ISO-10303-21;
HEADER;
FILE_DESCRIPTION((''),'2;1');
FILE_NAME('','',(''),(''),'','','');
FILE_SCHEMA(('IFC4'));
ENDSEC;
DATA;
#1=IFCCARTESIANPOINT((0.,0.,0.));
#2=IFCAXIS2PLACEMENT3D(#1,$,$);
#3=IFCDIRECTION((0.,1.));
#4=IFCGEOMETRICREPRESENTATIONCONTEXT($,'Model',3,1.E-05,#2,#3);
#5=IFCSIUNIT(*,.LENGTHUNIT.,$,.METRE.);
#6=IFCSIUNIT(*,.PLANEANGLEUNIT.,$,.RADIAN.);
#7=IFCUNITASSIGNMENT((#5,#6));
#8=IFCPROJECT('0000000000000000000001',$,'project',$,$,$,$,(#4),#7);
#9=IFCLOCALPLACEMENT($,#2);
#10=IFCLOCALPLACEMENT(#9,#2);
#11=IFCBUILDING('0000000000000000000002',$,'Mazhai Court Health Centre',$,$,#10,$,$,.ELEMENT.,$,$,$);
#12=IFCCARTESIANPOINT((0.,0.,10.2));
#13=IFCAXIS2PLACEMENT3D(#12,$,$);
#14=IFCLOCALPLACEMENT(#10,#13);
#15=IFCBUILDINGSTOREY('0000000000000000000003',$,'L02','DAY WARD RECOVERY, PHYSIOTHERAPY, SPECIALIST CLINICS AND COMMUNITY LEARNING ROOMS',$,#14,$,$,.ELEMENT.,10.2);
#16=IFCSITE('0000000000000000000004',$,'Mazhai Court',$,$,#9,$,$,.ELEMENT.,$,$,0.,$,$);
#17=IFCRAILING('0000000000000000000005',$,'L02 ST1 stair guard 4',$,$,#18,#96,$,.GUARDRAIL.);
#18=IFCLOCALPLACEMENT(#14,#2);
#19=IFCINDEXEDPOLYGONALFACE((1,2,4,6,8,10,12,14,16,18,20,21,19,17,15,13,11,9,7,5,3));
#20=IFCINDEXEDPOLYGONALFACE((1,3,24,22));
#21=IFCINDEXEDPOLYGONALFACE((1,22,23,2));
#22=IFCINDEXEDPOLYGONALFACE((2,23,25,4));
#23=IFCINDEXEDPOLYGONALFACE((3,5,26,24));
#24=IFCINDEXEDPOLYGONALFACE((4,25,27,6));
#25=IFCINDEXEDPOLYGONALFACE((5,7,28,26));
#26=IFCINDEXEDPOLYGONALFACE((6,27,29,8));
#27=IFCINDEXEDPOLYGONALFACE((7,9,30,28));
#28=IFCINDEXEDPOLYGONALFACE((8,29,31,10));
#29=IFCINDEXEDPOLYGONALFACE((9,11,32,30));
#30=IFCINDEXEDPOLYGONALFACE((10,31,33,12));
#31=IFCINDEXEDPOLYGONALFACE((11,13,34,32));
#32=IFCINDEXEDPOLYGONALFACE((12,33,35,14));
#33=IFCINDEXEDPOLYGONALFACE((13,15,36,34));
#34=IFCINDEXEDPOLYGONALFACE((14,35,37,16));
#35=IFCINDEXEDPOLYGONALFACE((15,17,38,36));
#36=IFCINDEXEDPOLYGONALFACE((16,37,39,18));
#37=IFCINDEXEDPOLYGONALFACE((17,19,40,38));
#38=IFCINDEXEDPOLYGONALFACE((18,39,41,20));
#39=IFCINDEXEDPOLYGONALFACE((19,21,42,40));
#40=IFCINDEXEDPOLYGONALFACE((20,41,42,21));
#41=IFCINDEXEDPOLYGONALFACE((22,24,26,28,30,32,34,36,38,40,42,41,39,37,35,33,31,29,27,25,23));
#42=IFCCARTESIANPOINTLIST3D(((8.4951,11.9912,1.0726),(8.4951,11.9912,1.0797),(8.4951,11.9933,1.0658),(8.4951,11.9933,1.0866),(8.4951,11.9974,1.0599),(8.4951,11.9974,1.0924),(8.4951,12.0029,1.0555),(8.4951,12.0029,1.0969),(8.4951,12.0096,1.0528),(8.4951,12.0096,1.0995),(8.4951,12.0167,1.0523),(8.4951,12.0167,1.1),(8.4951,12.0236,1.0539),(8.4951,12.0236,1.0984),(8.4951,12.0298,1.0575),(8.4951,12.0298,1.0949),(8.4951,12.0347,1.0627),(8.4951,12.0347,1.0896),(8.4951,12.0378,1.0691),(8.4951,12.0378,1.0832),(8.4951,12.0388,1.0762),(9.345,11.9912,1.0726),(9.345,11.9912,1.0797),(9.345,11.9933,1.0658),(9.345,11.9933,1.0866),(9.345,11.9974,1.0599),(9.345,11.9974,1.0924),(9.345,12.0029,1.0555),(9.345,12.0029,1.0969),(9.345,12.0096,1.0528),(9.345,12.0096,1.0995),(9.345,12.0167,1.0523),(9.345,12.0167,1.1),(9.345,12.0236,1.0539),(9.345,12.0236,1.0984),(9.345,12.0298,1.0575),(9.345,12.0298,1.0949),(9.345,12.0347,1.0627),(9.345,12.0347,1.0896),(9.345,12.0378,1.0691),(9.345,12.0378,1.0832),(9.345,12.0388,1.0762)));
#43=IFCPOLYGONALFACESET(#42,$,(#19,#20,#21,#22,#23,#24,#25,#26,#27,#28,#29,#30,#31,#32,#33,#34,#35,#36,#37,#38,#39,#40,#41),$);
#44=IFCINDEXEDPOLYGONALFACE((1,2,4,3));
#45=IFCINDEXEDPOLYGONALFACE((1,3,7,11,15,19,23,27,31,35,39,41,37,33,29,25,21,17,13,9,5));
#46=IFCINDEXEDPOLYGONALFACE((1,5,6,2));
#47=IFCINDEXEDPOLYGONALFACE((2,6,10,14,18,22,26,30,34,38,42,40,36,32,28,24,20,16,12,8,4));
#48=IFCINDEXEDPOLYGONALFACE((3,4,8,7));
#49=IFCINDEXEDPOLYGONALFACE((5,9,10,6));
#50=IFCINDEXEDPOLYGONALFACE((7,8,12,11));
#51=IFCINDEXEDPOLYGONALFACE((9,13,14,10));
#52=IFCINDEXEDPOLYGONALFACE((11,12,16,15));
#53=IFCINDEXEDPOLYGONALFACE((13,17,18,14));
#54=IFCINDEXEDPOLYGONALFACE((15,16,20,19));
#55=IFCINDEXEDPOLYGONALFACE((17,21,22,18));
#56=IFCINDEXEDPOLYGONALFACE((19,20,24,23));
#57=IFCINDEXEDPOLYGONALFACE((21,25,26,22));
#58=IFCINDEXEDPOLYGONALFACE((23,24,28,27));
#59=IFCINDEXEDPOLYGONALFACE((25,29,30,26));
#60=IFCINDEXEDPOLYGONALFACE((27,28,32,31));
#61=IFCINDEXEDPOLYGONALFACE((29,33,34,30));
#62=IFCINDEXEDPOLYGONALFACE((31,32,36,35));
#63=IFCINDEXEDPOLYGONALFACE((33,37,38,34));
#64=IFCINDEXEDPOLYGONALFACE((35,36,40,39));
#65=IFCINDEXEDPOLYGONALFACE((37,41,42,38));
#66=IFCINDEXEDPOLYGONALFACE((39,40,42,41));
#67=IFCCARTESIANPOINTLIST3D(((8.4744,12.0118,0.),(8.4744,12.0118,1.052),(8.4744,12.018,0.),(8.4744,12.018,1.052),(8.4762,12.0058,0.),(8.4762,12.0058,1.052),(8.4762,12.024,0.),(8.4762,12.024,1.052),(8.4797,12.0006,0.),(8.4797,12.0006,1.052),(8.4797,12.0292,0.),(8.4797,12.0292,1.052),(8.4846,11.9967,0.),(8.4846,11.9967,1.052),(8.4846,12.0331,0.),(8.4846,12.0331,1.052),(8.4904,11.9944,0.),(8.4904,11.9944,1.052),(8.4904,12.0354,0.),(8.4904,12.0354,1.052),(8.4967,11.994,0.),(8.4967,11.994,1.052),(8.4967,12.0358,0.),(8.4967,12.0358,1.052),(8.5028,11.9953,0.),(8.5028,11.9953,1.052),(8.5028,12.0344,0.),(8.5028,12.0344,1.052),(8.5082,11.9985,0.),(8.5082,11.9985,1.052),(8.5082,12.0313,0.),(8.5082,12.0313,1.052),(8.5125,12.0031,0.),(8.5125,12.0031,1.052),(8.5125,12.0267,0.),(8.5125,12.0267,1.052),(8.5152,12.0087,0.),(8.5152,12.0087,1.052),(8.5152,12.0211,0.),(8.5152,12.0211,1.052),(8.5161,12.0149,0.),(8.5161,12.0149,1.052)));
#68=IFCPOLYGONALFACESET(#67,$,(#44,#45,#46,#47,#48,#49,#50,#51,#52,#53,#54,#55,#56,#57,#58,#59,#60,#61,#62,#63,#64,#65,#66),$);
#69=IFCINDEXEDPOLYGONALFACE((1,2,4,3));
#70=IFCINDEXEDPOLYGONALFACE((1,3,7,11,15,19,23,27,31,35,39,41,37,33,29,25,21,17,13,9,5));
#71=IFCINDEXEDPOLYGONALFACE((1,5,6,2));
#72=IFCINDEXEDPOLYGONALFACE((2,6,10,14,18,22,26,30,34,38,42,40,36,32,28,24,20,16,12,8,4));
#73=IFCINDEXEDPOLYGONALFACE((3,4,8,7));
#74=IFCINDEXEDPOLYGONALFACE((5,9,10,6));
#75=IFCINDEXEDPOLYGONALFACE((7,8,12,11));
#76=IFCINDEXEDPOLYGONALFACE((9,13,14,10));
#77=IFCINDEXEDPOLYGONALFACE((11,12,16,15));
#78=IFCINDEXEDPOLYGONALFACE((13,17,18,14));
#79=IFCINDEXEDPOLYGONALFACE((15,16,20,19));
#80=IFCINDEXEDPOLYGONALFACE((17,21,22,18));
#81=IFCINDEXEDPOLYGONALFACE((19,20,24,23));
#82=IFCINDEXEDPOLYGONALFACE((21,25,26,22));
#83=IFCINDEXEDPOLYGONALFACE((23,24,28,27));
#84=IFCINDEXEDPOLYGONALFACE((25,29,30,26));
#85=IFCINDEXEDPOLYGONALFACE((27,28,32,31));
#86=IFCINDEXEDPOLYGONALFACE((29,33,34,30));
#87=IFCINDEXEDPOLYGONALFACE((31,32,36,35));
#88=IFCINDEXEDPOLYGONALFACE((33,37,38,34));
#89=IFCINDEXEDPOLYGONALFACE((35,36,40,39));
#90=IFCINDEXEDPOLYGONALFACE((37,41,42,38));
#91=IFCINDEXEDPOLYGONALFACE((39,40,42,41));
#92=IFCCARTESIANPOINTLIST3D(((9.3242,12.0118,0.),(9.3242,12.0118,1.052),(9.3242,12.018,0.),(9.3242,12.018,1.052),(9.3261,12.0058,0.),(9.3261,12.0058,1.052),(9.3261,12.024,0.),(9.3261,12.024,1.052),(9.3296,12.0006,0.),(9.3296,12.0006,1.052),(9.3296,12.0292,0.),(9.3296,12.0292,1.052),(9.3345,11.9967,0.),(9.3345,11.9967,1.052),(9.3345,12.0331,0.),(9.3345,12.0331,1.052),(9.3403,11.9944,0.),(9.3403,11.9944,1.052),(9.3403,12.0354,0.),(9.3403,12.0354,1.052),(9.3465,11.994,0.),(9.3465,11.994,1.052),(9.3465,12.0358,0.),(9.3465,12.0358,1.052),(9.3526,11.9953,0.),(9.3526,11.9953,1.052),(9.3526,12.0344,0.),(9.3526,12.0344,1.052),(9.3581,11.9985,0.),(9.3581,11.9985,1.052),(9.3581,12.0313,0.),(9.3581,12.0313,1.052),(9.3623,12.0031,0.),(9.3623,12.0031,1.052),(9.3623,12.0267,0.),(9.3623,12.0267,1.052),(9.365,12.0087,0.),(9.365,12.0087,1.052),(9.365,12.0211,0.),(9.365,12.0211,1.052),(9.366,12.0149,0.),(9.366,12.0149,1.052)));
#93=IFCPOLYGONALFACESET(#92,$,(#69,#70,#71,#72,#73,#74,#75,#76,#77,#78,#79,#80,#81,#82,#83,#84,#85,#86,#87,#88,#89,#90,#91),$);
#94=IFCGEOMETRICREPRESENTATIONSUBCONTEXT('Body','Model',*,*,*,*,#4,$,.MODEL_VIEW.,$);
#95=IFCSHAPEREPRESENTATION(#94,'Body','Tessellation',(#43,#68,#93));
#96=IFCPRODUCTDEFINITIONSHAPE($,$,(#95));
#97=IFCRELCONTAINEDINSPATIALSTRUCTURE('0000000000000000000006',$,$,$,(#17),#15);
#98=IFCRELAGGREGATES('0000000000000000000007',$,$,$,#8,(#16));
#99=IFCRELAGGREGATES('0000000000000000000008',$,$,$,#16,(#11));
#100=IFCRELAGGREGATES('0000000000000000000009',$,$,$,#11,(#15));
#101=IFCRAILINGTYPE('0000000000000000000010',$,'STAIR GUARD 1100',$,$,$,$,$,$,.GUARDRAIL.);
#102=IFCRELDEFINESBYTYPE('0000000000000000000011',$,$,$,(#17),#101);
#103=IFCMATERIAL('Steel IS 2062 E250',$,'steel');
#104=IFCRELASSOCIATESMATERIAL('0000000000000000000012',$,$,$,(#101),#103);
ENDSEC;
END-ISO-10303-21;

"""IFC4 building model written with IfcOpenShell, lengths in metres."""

from ifc_helpers import new_model, si_unit, direction, frame, origin, origin_2d, place, context, subcontext, project, spatial, circle, extrude, material, type_object, element, save


model = new_model("IFC4")

# Units and contexts
model_context = context("Model", 3, precision=1e-05, world=origin(), true_north=direction((0.0, 1.0)))
body_context = subcontext(model_context, "Body", "Model", "MODEL_VIEW")
ifc_project = project(units=[si_unit("LENGTHUNIT", "METRE"), si_unit("PLANEANGLEUNIT", "RADIAN")], contexts=[model_context])

# Site, building, storey
site_placement = place(None, origin())
site = spatial("IfcSite", under=ifc_project, at=site_placement, Name="Mazhai Court", CompositionType="ELEMENT", RefElevation=0.0)
building_placement = place(site_placement, origin())
building = spatial("IfcBuilding", under=site, at=building_placement, Name="Mazhai Court Health Centre", CompositionType="ELEMENT")
storey_placement = place(building_placement, frame((0.0, 0.0, 10.2)))
storey = spatial("IfcBuildingStorey", under=building, at=storey_placement, Name="L02", Description="DAY WARD RECOVERY, PHYSIOTHERAPY, SPECIALIST CLINICS AND COMMUNITY LEARNING ROOMS", CompositionType="ELEMENT", Elevation=10.2)

# Railing
ifc_material_1 = material(Name="Steel IS 2062 E250", Category="steel")
railing_type_1 = type_object("IfcRailingType", Name="STAIR GUARD 1100", PredefinedType="GUARDRAIL", material=ifc_material_1)
railing_1_placement = place(storey_placement, frame((8.4951, 12.0149, 0.0)))
element("IfcRailing", 1, at=railing_1_placement, inside=storey, type_object=railing_type_1, Name="L02 ST1 stair guard 4", PredefinedType="GUARDRAIL", context=body_context, shape_type="SweptSolid", body=[
    extrude(circle(Radius=0.0239, at=origin_2d()), frame((0.0, 0.0, 1.0762), z_axis=(1.0, 0.0, 0.0), x_axis=(0.0, 1.0, 0.0)), (0.0, 0.0, 1.0), 0.8499),
    extrude(circle(Radius=0.021, at=origin_2d()), origin(), (0.0, 0.0, 1.0), 1.052),
    extrude(circle(Radius=0.021, at=origin_2d()), frame((0.8499, 0.0, 0.0)), (0.0, 0.0, 1.0), 1.052),
])

save(model, "model.ifc")
